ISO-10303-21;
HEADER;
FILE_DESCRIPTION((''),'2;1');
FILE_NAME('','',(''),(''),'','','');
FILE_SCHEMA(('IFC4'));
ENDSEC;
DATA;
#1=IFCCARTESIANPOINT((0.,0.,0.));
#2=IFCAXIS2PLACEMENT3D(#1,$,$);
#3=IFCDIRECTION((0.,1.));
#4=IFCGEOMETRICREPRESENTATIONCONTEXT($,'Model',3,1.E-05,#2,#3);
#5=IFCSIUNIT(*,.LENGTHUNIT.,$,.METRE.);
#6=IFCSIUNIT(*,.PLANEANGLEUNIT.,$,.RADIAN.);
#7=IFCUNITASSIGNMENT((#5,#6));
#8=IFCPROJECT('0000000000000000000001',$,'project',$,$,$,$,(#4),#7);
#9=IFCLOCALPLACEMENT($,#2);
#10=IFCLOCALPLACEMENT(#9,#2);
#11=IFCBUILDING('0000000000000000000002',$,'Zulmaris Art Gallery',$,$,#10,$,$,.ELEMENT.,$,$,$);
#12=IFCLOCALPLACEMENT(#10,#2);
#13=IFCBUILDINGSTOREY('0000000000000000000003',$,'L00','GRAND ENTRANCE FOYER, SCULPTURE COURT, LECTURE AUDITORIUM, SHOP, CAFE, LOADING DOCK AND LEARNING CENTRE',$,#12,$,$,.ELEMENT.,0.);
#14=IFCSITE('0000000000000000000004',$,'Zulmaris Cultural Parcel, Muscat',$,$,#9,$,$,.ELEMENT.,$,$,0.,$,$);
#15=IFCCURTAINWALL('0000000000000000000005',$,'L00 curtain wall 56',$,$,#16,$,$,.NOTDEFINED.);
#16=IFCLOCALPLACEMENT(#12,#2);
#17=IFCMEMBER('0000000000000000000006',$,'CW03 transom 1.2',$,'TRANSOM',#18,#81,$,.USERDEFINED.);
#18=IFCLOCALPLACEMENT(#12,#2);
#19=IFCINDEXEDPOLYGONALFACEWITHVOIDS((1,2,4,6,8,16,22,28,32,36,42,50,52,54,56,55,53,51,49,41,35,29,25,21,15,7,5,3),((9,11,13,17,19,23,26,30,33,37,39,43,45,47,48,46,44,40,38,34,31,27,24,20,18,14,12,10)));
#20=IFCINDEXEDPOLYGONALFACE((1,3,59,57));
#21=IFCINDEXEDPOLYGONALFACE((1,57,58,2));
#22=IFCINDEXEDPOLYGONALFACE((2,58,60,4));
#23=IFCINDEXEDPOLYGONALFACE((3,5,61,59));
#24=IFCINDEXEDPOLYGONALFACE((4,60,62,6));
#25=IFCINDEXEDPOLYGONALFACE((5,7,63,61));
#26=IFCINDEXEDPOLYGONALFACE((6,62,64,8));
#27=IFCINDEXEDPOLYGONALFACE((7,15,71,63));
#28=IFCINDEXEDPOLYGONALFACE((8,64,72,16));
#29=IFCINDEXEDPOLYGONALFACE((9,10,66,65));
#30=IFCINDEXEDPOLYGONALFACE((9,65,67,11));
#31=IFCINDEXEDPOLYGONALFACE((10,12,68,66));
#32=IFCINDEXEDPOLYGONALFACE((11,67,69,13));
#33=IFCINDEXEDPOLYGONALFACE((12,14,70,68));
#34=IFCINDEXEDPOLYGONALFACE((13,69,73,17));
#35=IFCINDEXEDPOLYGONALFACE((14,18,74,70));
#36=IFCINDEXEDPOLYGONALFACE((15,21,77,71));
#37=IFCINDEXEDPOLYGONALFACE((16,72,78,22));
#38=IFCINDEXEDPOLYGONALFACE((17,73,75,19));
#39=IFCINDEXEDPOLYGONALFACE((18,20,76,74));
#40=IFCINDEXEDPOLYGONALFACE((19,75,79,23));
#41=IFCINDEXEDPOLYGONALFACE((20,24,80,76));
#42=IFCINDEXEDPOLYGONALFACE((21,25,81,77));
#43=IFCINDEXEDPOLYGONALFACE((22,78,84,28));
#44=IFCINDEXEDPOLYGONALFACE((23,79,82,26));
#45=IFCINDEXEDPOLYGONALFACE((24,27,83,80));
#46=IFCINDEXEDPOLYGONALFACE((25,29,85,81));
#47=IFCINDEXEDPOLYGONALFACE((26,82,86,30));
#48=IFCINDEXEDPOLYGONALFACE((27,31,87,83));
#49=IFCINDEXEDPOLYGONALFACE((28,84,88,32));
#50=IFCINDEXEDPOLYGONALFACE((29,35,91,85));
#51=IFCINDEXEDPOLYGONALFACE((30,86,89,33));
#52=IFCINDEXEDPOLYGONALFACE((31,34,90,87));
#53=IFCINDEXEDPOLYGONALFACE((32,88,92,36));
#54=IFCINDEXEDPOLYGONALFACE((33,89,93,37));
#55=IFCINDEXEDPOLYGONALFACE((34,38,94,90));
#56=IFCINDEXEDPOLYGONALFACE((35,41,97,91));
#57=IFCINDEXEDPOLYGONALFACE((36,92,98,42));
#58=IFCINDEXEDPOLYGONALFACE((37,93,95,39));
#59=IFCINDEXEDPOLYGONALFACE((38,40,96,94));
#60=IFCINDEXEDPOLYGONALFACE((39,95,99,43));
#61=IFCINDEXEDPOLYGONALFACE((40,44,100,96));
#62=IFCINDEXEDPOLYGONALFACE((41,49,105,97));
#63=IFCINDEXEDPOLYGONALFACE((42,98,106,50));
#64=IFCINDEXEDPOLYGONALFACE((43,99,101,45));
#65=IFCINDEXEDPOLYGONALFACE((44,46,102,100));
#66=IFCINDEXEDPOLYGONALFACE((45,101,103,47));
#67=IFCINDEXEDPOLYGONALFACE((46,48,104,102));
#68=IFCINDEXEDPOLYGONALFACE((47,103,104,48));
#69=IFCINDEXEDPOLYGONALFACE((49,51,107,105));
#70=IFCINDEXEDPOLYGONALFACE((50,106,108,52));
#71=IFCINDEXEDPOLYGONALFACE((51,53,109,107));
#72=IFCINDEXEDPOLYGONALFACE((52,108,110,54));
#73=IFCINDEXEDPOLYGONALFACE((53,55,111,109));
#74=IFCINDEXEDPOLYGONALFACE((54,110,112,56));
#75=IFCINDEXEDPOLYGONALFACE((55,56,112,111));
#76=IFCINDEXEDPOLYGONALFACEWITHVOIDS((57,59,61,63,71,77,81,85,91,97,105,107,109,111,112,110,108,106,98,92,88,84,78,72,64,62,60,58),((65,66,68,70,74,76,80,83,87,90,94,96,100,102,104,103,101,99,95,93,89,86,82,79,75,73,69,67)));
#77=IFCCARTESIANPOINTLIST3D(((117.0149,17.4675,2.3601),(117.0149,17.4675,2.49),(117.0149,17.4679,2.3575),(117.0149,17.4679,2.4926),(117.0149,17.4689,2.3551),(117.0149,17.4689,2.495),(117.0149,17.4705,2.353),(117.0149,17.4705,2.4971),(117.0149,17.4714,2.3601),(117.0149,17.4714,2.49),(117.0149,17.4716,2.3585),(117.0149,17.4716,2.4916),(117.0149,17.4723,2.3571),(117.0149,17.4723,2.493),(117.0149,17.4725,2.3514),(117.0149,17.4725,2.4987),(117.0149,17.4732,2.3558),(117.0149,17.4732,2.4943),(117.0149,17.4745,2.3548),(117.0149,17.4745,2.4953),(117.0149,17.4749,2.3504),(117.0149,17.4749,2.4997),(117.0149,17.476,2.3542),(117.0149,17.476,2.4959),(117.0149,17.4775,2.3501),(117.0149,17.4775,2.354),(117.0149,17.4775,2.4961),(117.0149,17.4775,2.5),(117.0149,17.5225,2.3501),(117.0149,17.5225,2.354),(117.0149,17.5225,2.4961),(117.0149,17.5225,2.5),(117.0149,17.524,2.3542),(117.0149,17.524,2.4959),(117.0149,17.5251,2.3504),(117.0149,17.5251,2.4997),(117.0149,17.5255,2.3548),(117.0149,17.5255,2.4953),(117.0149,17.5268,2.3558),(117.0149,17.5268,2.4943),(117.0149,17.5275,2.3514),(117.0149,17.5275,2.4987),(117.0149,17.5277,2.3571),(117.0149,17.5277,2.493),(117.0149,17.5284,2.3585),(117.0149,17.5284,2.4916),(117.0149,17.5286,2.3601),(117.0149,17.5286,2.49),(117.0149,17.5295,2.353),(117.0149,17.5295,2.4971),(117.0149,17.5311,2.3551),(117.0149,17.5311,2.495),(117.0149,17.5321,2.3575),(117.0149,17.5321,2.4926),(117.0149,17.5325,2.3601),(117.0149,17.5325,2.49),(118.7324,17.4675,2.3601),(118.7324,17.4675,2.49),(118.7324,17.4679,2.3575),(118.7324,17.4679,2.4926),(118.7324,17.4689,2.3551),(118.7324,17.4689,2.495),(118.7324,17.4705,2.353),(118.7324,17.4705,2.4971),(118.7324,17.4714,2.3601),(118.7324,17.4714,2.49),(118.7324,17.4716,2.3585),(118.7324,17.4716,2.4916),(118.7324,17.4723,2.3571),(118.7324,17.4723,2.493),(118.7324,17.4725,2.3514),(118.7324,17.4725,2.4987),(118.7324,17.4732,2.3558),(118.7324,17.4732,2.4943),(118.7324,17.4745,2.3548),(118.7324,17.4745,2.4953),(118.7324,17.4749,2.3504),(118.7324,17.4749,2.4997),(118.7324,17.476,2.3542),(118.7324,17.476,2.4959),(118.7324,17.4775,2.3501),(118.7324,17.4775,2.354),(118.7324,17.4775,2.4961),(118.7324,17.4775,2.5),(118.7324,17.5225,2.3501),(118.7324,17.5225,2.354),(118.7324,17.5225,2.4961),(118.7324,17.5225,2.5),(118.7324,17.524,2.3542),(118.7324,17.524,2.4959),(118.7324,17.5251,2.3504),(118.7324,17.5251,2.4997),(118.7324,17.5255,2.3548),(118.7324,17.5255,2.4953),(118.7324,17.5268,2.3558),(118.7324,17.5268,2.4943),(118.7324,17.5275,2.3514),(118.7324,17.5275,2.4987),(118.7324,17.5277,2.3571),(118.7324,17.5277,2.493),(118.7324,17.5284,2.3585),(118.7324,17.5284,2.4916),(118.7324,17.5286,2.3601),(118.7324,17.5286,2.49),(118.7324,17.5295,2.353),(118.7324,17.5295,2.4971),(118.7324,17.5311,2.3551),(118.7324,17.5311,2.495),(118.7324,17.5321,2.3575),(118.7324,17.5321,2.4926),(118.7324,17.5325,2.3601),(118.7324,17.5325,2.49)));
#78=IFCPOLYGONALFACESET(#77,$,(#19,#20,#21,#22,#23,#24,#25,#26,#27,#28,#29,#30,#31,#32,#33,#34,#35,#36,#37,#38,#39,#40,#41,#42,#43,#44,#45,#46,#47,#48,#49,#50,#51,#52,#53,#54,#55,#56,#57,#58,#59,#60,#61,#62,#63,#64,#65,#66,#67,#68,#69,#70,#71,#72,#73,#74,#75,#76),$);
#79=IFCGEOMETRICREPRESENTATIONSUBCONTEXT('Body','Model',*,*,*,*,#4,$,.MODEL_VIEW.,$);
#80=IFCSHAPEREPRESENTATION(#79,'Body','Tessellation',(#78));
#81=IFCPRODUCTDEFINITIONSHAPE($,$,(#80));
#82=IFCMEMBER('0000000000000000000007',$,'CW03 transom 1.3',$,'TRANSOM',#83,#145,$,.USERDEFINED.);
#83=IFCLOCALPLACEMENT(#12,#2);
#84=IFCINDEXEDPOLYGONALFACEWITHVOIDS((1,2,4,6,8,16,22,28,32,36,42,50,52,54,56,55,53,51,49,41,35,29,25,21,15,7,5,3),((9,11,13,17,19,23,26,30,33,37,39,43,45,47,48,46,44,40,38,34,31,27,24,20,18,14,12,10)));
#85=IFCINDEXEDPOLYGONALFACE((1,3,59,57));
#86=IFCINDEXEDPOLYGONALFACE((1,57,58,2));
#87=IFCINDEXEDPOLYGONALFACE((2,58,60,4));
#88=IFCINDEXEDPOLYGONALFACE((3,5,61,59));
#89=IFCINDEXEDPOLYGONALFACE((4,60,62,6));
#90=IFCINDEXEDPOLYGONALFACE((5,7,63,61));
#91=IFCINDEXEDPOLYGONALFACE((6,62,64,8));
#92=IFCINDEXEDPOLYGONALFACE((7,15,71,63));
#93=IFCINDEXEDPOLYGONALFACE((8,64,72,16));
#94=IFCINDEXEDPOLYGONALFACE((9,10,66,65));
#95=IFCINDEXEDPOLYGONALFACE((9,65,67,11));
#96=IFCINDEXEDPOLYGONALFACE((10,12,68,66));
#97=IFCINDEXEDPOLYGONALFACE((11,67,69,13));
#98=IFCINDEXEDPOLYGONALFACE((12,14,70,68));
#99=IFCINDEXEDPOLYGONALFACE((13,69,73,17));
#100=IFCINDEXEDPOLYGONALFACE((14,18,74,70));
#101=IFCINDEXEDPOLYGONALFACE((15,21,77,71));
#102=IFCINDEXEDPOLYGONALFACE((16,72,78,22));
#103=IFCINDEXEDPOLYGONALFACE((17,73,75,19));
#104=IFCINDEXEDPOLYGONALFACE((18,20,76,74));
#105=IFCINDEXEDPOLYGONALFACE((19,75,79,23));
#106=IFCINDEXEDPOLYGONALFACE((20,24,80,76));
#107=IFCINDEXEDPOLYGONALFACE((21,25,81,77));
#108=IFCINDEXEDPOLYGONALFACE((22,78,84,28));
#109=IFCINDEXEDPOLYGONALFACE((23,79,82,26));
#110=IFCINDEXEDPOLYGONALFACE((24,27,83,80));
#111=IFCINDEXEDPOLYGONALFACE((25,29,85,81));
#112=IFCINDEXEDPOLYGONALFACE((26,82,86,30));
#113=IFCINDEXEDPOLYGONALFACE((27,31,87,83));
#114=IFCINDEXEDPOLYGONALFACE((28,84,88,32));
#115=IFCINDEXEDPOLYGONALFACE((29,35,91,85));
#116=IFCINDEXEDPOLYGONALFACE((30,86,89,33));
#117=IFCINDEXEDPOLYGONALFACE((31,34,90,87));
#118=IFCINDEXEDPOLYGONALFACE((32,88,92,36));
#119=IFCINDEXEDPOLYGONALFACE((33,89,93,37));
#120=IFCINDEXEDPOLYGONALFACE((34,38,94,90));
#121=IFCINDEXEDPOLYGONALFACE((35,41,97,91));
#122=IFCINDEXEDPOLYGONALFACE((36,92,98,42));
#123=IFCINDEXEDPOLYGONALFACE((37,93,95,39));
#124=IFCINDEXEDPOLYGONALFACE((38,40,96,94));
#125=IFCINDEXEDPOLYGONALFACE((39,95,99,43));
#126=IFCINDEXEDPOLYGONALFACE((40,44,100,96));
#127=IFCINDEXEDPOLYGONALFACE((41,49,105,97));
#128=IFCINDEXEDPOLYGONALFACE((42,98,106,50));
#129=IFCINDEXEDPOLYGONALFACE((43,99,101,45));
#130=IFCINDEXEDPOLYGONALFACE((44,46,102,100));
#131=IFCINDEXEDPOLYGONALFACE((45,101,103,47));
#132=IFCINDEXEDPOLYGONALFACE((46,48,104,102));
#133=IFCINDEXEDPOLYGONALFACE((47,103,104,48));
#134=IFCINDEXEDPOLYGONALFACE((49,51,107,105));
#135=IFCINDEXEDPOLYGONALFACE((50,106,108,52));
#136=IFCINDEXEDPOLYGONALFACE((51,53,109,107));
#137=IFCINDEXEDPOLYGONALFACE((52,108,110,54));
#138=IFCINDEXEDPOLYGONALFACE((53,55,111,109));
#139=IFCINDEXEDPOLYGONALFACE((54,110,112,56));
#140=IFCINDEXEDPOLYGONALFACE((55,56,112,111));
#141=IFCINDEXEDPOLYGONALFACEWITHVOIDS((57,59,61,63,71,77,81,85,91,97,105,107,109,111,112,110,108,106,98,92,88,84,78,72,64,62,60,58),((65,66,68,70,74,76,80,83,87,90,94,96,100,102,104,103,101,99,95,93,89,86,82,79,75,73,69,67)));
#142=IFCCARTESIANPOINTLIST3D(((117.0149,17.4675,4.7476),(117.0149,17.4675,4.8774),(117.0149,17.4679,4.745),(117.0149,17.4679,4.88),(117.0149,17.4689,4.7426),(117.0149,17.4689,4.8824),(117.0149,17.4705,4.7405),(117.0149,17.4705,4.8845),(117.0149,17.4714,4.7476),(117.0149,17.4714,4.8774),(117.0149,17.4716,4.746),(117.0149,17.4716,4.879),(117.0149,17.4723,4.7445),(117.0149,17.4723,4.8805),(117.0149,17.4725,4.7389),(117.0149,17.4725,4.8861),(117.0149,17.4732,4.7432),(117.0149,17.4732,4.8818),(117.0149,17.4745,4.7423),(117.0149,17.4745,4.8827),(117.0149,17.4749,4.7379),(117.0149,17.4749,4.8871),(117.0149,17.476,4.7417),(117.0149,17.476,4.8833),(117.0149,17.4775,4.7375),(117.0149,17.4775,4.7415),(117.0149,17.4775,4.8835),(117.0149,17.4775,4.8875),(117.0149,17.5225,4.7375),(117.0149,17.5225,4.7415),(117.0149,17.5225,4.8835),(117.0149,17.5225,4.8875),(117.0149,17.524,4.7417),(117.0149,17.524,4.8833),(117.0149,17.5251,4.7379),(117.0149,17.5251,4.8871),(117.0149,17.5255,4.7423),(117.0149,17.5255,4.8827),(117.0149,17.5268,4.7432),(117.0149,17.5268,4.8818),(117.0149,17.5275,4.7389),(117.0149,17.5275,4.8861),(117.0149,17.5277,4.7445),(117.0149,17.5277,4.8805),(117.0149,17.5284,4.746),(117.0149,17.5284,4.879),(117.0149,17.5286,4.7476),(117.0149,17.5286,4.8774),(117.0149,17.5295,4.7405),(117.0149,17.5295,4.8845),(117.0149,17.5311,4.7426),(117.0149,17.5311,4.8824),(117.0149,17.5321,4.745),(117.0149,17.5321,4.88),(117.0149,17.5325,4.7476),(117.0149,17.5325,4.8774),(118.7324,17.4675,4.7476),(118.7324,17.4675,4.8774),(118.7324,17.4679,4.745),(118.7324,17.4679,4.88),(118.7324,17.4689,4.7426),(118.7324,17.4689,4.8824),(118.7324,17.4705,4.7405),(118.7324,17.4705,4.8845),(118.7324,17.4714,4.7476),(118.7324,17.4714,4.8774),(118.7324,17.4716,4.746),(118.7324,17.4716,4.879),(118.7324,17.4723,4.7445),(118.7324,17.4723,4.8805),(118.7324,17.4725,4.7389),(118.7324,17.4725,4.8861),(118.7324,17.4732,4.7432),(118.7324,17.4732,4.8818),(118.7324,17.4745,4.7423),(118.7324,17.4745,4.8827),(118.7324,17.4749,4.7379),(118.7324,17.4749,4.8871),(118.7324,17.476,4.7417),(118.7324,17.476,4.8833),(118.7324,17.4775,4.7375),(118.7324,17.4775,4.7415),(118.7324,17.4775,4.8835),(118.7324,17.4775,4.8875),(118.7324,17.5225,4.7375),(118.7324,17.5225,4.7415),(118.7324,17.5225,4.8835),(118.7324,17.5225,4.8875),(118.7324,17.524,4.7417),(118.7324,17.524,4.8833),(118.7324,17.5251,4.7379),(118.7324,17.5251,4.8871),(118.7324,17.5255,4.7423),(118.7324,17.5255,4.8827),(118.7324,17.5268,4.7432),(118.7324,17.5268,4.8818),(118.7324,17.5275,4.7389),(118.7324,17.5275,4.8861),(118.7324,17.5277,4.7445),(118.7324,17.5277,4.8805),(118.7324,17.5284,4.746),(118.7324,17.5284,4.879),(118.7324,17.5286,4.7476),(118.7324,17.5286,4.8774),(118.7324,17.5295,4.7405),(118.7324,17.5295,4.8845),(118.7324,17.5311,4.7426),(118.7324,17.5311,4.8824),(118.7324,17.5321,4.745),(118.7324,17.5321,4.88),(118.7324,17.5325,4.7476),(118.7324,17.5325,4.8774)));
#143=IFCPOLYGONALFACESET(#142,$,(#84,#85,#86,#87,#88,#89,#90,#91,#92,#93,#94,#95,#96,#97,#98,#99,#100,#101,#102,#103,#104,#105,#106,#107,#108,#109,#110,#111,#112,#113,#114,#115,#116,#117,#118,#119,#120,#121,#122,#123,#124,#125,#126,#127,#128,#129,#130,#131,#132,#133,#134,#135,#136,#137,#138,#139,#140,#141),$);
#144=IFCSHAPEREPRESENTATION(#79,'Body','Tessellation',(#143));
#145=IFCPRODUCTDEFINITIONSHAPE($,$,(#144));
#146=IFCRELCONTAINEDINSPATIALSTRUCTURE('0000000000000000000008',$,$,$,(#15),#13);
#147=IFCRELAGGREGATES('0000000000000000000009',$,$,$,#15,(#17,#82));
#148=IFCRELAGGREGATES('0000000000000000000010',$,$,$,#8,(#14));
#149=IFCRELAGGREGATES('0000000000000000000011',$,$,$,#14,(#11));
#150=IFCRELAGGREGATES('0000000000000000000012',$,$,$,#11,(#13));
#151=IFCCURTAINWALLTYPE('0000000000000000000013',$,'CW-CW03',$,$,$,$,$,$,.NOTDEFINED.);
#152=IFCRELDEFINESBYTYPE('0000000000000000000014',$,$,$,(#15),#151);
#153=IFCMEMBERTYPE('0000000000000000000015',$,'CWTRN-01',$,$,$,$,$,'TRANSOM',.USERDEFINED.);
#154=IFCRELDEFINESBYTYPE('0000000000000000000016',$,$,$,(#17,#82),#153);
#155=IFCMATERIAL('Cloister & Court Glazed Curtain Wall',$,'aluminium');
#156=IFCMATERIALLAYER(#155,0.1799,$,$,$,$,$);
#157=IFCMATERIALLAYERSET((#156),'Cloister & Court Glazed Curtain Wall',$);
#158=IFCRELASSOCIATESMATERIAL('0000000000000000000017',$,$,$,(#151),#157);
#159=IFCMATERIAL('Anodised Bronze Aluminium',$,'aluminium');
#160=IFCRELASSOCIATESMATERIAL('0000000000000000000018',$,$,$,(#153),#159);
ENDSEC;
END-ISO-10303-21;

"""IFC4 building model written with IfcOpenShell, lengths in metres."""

from ifc_helpers import new_model, si_unit, direction, frame, origin, origin_2d, place, context, subcontext, project, spatial, hollow_rectangle, extrude, material, layer, layer_set, material_profile, profile_set, type_object, element, aggregate, save


model = new_model("IFC4")

# Units and contexts
model_context = context("Model", 3, precision=1e-05, world=origin(), true_north=direction((0.0, 1.0)))
body_context = subcontext(model_context, "Body", "Model", "MODEL_VIEW")
ifc_project = project(units=[si_unit("LENGTHUNIT", "METRE"), si_unit("PLANEANGLEUNIT", "RADIAN")], contexts=[model_context])

# Site, building, storey
site_placement = place(None, origin())
site = spatial("IfcSite", under=ifc_project, at=site_placement, Name="Zulmaris Cultural Parcel, Muscat", CompositionType="ELEMENT", RefElevation=0.0)
building_placement = place(site_placement, origin())
building = spatial("IfcBuilding", under=site, at=building_placement, Name="Zulmaris Art Gallery", CompositionType="ELEMENT")
storey_placement = place(building_placement, origin())
storey = spatial("IfcBuildingStorey", under=building, at=storey_placement, Name="L00", Description="GRAND ENTRANCE FOYER, SCULPTURE COURT, LECTURE AUDITORIUM, SHOP, CAFE, LOADING DOCK AND LEARNING CENTRE", CompositionType="ELEMENT", Elevation=0.0)

# Curtain wall, members
ifc_material_1 = material(Name="Cloister & Court Glazed Curtain Wall", Category="aluminium")
ifc_layer_1 = layer(ifc_material_1, 0.1799)
ifc_layer_set_1 = layer_set([ifc_layer_1], Name="Cloister & Court Glazed Curtain Wall")
curtain_wall_type = type_object("IfcCurtainWallType", Name="CW-CW03", PredefinedType="NOTDEFINED", material=ifc_layer_set_1)
curtain_wall_placement = place(storey_placement, origin())
curtain_wall = element("IfcCurtainWall", 1, at=curtain_wall_placement, inside=storey, type_object=curtain_wall_type, Name="L00 curtain wall 56", PredefinedType="NOTDEFINED")
ifc_material_2 = material(Name="Anodised Bronze Aluminium", Category="aluminium")
ifc_material_profile_1 = material_profile(ifc_material_2, hollow_rectangle(XDim=0.0649, YDim=0.1499, WallThickness=0.0039, InnerFilletRadius=0.0061, OuterFilletRadius=0.01, at=origin_2d()), Name="ALU 65x150x4")
ifc_profile_set_1 = profile_set([ifc_material_profile_1], Name="Anodised Bronze Aluminium")
member_type_1 = type_object("IfcMemberType", Name="CWTRN-01", ElementType="TRANSOM", PredefinedType="USERDEFINED", material=ifc_profile_set_1)
member_1_placement = place(storey_placement, frame((117.0149, 17.5, 2.425), z_axis=(1.0, 0.0, 0.0), x_axis=(0.0, 1.0, 0.0)))
member_1 = element("IfcMember", 2, at=member_1_placement, type_object=member_type_1, Name="CW03 transom 1.2", ObjectType="TRANSOM", PredefinedType="USERDEFINED", context=body_context, shape_type="SweptSolid", body=[
    extrude(hollow_rectangle(XDim=0.0649, YDim=0.1499, WallThickness=0.0039, InnerFilletRadius=0.0061, OuterFilletRadius=0.01, at=origin_2d()), origin(), (0.0, 0.0, 1.0), 1.7175),
])
member_2_placement = place(storey_placement, frame((117.0149, 17.5, 4.8125), z_axis=(1.0, 0.0, 0.0), x_axis=(0.0, 1.0, 0.0)))
member_2 = element("IfcMember", 3, at=member_2_placement, type_object=member_type_1, Name="CW03 transom 1.3", ObjectType="TRANSOM", PredefinedType="USERDEFINED", context=body_context, shape_type="SweptSolid", body=[
    extrude(hollow_rectangle(XDim=0.0649, YDim=0.1499, WallThickness=0.0039, InnerFilletRadius=0.0061, OuterFilletRadius=0.01, at=origin_2d()), origin(), (0.0, 0.0, 1.0), 1.7175),
])
aggregate(curtain_wall, [member_1, member_2])

save(model, "model.ifc")
